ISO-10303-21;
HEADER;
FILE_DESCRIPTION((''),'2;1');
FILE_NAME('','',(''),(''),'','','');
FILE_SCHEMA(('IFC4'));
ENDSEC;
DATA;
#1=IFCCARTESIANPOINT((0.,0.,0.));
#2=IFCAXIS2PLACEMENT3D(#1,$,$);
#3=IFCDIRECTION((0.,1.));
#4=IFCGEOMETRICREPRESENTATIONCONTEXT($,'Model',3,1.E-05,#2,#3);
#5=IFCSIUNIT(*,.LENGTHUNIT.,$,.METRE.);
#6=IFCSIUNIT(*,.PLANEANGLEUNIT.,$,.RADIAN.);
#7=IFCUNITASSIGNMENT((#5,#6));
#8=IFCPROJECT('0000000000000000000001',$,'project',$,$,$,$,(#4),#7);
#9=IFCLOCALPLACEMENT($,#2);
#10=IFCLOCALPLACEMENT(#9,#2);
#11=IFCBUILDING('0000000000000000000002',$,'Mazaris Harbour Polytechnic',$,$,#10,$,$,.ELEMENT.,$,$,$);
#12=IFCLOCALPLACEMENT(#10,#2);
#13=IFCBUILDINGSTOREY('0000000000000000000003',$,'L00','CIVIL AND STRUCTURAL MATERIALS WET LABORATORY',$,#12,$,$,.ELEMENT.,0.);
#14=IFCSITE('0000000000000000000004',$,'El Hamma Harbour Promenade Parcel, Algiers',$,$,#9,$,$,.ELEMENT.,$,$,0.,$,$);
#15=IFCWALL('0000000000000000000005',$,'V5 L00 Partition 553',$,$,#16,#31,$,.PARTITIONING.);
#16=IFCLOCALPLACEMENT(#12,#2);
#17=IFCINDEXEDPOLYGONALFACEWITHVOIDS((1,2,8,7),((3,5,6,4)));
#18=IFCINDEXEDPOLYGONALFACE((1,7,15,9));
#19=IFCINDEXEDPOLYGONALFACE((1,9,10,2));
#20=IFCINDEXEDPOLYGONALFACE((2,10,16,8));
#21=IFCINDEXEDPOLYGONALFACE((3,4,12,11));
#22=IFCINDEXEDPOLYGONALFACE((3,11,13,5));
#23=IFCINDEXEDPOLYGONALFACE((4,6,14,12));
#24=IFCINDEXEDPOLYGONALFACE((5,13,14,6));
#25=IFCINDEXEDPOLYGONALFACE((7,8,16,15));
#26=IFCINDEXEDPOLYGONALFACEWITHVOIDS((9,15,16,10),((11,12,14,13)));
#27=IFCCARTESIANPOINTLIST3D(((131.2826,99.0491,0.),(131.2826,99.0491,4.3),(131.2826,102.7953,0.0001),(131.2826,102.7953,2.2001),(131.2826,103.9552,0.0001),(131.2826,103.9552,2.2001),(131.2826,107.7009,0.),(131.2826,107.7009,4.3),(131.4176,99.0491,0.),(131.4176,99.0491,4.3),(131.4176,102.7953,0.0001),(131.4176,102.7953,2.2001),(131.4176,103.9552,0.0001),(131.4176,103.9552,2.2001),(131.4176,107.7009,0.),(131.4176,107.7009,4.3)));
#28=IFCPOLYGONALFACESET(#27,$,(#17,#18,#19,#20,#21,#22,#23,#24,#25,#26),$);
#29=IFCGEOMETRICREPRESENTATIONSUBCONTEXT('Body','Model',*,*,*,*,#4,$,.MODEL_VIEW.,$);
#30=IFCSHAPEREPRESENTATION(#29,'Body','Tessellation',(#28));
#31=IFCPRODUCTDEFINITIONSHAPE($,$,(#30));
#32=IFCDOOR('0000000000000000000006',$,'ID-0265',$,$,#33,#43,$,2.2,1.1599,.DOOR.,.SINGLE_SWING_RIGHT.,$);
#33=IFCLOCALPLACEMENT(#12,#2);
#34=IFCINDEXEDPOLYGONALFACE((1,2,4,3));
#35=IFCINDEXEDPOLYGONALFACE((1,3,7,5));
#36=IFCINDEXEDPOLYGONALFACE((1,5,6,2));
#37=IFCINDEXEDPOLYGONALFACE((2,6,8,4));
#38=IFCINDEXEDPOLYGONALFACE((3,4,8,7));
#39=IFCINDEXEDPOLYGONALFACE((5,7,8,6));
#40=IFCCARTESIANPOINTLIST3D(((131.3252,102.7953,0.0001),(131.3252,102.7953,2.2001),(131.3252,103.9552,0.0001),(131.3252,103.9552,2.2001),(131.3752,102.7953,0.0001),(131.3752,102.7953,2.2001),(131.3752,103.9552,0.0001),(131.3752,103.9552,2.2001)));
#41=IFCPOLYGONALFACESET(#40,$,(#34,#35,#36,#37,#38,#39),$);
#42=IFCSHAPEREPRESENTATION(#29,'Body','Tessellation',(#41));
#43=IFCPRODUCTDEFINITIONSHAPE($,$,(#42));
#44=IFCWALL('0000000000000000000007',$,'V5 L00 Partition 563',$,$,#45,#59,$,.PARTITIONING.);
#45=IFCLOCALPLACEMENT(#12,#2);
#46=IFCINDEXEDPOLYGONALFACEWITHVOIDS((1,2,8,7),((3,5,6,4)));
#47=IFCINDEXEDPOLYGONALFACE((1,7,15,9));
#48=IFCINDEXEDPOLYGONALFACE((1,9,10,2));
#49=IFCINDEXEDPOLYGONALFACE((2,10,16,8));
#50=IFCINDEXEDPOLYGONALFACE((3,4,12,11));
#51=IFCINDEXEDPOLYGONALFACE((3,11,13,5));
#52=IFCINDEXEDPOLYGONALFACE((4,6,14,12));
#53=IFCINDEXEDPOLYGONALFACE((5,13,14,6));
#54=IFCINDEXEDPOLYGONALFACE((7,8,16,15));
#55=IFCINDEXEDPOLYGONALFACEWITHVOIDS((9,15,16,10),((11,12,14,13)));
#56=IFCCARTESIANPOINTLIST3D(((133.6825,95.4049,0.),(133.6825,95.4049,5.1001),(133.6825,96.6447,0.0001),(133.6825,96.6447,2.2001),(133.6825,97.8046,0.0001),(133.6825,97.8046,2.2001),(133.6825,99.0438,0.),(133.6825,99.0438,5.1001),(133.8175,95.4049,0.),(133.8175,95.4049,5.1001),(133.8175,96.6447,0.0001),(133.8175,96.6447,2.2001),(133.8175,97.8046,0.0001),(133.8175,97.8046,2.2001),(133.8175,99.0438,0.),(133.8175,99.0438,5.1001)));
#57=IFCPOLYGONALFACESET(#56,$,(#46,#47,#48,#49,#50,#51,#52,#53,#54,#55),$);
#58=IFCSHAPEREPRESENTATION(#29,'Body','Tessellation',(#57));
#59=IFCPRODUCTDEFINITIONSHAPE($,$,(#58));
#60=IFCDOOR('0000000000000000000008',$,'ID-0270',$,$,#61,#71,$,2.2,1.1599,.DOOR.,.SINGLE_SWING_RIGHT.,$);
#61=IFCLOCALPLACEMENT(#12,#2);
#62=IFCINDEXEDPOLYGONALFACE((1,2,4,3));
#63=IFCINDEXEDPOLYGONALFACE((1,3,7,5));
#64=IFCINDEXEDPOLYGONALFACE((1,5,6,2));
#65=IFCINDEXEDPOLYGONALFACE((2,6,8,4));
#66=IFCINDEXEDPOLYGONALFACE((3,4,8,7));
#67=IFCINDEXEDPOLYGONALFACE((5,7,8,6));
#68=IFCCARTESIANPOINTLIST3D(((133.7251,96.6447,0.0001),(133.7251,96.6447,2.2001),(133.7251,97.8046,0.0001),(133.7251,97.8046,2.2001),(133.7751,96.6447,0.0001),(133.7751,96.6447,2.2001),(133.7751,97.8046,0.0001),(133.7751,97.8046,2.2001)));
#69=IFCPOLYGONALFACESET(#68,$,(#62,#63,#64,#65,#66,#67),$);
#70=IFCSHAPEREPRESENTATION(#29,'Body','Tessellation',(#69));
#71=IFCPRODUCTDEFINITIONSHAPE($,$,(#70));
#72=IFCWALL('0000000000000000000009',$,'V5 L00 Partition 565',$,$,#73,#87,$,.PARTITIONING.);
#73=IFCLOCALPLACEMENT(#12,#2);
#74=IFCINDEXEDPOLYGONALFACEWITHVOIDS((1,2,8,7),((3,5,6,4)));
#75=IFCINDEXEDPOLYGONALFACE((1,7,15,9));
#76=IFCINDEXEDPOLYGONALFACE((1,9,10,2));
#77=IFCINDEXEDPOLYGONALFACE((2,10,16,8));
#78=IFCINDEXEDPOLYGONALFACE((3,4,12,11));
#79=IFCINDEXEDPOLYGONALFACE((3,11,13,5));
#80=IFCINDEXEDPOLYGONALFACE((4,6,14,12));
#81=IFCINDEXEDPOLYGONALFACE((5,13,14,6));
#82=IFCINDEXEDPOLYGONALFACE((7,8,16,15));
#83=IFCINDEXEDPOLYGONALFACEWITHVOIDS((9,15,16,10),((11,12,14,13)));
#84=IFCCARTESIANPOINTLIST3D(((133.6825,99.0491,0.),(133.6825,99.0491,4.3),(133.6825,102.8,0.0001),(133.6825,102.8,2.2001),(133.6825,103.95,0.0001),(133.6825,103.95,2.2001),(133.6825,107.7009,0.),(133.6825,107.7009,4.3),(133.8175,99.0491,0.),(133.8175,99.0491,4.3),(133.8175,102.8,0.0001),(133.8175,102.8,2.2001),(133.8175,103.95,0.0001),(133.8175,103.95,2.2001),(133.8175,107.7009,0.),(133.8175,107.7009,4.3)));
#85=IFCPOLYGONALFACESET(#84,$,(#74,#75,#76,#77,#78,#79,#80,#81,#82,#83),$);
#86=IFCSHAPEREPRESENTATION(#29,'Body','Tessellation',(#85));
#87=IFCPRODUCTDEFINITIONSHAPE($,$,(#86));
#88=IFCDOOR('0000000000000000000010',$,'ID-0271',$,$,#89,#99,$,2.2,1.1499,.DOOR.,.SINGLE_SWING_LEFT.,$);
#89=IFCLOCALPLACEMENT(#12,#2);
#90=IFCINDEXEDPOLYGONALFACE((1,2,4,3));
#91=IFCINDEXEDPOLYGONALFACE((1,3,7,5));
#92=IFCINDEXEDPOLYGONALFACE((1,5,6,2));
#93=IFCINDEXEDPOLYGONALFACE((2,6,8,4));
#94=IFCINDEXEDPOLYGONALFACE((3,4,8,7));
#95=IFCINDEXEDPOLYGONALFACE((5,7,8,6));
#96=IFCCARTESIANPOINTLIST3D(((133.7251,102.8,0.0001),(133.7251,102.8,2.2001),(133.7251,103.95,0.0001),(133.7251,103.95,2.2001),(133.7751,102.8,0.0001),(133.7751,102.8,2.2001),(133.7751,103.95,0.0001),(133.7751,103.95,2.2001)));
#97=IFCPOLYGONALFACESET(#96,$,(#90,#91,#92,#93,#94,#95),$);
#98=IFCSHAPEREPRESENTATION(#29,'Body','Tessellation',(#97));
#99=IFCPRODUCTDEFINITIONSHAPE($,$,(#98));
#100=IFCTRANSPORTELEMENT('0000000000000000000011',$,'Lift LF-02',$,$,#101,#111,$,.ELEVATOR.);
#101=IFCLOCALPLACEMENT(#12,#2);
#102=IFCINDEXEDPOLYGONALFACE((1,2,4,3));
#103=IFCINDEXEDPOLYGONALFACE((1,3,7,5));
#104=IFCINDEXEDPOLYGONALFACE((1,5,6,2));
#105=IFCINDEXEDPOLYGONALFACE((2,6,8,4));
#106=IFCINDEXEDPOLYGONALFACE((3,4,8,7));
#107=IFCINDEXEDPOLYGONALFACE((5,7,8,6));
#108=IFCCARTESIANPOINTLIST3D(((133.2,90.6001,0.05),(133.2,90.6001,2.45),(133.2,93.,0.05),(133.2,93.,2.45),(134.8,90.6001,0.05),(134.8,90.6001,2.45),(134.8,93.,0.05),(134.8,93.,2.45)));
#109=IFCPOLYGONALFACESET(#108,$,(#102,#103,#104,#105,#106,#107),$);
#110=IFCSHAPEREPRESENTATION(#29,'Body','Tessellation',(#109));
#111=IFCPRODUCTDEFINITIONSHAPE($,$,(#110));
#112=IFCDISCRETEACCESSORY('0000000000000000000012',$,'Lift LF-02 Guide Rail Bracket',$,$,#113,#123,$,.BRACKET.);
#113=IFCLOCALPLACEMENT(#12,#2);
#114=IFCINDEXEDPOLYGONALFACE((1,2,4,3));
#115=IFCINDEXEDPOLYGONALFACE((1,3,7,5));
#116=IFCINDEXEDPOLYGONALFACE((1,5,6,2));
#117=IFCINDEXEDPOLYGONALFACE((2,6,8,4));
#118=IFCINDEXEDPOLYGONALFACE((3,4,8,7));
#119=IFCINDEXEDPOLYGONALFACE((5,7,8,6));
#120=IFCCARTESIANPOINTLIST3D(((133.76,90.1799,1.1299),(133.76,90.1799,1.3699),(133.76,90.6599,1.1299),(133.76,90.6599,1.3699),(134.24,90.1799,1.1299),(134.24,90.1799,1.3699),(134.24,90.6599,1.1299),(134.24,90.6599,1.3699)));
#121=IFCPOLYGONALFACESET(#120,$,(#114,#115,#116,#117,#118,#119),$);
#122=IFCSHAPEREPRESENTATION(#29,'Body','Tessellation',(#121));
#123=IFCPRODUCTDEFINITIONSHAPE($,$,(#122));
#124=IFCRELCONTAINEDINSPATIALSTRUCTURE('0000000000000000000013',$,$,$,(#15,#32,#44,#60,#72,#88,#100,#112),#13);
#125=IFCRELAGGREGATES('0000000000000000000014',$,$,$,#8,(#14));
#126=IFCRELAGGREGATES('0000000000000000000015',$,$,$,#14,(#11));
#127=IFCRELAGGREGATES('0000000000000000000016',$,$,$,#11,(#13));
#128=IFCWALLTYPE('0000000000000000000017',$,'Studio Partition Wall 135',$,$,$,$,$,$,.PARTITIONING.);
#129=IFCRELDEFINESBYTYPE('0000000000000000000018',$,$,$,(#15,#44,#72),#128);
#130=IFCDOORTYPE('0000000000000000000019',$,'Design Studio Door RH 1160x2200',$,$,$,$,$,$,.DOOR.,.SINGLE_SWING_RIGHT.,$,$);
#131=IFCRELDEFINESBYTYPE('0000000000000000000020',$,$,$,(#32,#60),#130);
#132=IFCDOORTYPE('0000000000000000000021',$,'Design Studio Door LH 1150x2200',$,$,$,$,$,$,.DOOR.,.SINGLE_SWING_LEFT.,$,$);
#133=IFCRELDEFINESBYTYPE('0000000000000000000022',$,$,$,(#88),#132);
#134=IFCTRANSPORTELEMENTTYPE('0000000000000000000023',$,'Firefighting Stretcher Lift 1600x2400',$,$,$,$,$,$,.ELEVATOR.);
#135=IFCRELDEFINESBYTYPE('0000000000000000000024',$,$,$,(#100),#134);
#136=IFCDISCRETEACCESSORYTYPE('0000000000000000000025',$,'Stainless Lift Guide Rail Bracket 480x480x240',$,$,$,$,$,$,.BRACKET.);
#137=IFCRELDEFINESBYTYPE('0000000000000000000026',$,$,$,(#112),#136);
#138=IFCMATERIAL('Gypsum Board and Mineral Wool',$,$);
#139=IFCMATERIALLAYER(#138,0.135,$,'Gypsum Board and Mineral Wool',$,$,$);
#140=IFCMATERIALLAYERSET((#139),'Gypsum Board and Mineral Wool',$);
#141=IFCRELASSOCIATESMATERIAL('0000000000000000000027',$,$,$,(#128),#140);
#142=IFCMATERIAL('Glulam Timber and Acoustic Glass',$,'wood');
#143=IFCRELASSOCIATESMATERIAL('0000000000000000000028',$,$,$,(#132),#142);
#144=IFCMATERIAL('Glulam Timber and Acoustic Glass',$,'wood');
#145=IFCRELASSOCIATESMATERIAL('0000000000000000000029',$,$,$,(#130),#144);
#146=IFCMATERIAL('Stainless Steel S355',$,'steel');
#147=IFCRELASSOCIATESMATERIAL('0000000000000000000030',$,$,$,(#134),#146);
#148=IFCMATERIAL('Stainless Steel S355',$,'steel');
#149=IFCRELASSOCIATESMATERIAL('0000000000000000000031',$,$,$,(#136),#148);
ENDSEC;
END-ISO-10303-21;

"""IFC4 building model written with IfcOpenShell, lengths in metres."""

from ifc_helpers import new_model, si_unit, direction, frame, frame_2d, origin, origin_2d, place, context, subcontext, project, spatial, rectangle, extrude, material, layer, layer_set, type_object, element, fill, save


model = new_model("IFC4")

# Units and contexts
model_context = context("Model", 3, precision=1e-05, world=origin(), true_north=direction((0.0, 1.0)))
body_context = subcontext(model_context, "Body", "Model", "MODEL_VIEW")
ifc_project = project(units=[si_unit("LENGTHUNIT", "METRE"), si_unit("PLANEANGLEUNIT", "RADIAN")], contexts=[model_context])

# Site, building, storey
site_placement = place(None, origin())
site = spatial("IfcSite", under=ifc_project, at=site_placement, Name="El Hamma Harbour Promenade Parcel, Algiers", CompositionType="ELEMENT", RefElevation=0.0)
building_placement = place(site_placement, origin())
building = spatial("IfcBuilding", under=site, at=building_placement, Name="Mazaris Harbour Polytechnic", CompositionType="ELEMENT")
storey_placement = place(building_placement, origin())
storey = spatial("IfcBuildingStorey", under=building, at=storey_placement, Name="L00", Description="CIVIL AND STRUCTURAL MATERIALS WET LABORATORY", CompositionType="ELEMENT", Elevation=0.0)

# Walls, openings, doors
ifc_material_1 = material(Name="Gypsum Board and Mineral Wool")
ifc_layer_1 = layer(ifc_material_1, 0.135, Name="Gypsum Board and Mineral Wool")
ifc_layer_set_1 = layer_set([ifc_layer_1], Name="Gypsum Board and Mineral Wool")
wall_type_1 = type_object("IfcWallType", Name="Studio Partition Wall 135", PredefinedType="PARTITIONING", material=ifc_layer_set_1)
ifc_material_2 = material(Name="Glulam Timber and Acoustic Glass", Category="wood")
door_type_1 = type_object("IfcDoorType", Name="Design Studio Door LH 1150x2200", OperationType="SINGLE_SWING_LEFT", PredefinedType="DOOR", material=ifc_material_2)
wall_1_placement = place(storey_placement, frame((131.3501, 99.0491, 0.0), z_axis=(0.0, 0.0, 1.0), x_axis=(0.0, 1.0, 0.0)))
wall_1 = element("IfcWall", 1, at=wall_1_placement, inside=storey, type_object=wall_type_1, Name="V5 L00 Partition 553", PredefinedType="PARTITIONING", context=body_context, shape_type="SweptSolid", body=[
    extrude(rectangle(XDim=8.6519, YDim=0.135, at=frame_2d((4.3259, 0.0))), origin(), (0.0, 0.0, 1.0), 4.3),
])
opening_1_placement = place(wall_1_placement, frame((3.7461, 0.0, 0.0)))
opening_1 = element("IfcOpeningElement", 2, at=opening_1_placement, cuts=wall_1, PredefinedType="OPENING", context=body_context, shape_type="SweptSolid", body=[
    extrude(rectangle(XDim=1.1599, YDim=2.2, at=frame_2d((0.5801, 1.1001))), frame((0.0, 0.0774, 0.0), z_axis=(0.0, -1.0, 0.0), x_axis=(1.0, 0.0, 0.0)), (0.0, 0.0, 1.0), 0.155),
])
ifc_material_3 = material(Name="Glulam Timber and Acoustic Glass", Category="wood")
door_type_2 = type_object("IfcDoorType", Name="Design Studio Door RH 1160x2200", OperationType="SINGLE_SWING_RIGHT", PredefinedType="DOOR", material=ifc_material_3)
door_1_placement = place(opening_1_placement, origin())
door_1 = element("IfcDoor", 3, at=door_1_placement, inside=storey, type_object=door_type_2, Name="ID-0265", OperationType="SINGLE_SWING_RIGHT", OverallHeight=2.2, OverallWidth=1.1599, PredefinedType="DOOR", context=body_context, shape_type="SweptSolid", body=[
    extrude(rectangle(XDim=1.1599, YDim=2.2, at=frame_2d((0.5801, 1.1001))), frame((0.0, 0.0249, 0.0), z_axis=(0.0, -1.0, 0.0), x_axis=(1.0, 0.0, 0.0)), (0.0, 0.0, 1.0), 0.05),
])
fill(opening_1, door_1)
wall_2_placement = place(storey_placement, frame((133.75, 95.405, 0.0), z_axis=(0.0, 0.0, 1.0), x_axis=(0.0, 1.0, 0.0)))
wall_2 = element("IfcWall", 4, at=wall_2_placement, inside=storey, type_object=wall_type_1, Name="V5 L00 Partition 563", PredefinedType="PARTITIONING", context=body_context, shape_type="SweptSolid", body=[
    extrude(rectangle(XDim=3.6389, YDim=0.135, at=frame_2d((1.8193, 0.0))), origin(), (0.0, 0.0, 1.0), 5.1001),
])
opening_2_placement = place(wall_2_placement, frame((1.2395, 0.0, 0.0)))
opening_2 = element("IfcOpeningElement", 5, at=opening_2_placement, cuts=wall_2, PredefinedType="OPENING", context=body_context, shape_type="SweptSolid", body=[
    extrude(rectangle(XDim=1.1599, YDim=2.2, at=frame_2d((0.5801, 1.1001))), frame((0.0, 0.0774, 0.0), z_axis=(0.0, -1.0, 0.0), x_axis=(1.0, 0.0, 0.0)), (0.0, 0.0, 1.0), 0.155),
])
door_2_placement = place(opening_2_placement, origin())
door_2 = element("IfcDoor", 6, at=door_2_placement, inside=storey, type_object=door_type_2, Name="ID-0270", OperationType="SINGLE_SWING_RIGHT", OverallHeight=2.2, OverallWidth=1.1599, PredefinedType="DOOR", context=body_context, shape_type="SweptSolid", body=[
    extrude(rectangle(XDim=1.1599, YDim=2.2, at=frame_2d((0.5801, 1.1001))), frame((0.0, 0.0249, 0.0), z_axis=(0.0, -1.0, 0.0), x_axis=(1.0, 0.0, 0.0)), (0.0, 0.0, 1.0), 0.05),
])
fill(opening_2, door_2)
wall_3_placement = place(storey_placement, frame((133.75, 99.0491, 0.0), z_axis=(0.0, 0.0, 1.0), x_axis=(0.0, 1.0, 0.0)))
wall_3 = element("IfcWall", 7, at=wall_3_placement, inside=storey, type_object=wall_type_1, Name="V5 L00 Partition 565", PredefinedType="PARTITIONING", context=body_context, shape_type="SweptSolid", body=[
    extrude(rectangle(XDim=8.6519, YDim=0.135, at=frame_2d((4.3259, 0.0))), origin(), (0.0, 0.0, 1.0), 4.3),
])
opening_3_placement = place(wall_3_placement, frame((3.751, 0.0, 0.0)))
opening_3 = element("IfcOpeningElement", 8, at=opening_3_placement, cuts=wall_3, PredefinedType="OPENING", context=body_context, shape_type="SweptSolid", body=[
    extrude(rectangle(XDim=1.1499, YDim=2.2, at=frame_2d((0.575, 1.1001))), frame((0.0, 0.0774, 0.0), z_axis=(0.0, -1.0, 0.0), x_axis=(1.0, 0.0, 0.0)), (0.0, 0.0, 1.0), 0.155),
])
door_3_placement = place(opening_3_placement, origin())
door_3 = element("IfcDoor", 9, at=door_3_placement, inside=storey, type_object=door_type_1, Name="ID-0271", OperationType="SINGLE_SWING_LEFT", OverallHeight=2.2, OverallWidth=1.1499, PredefinedType="DOOR", context=body_context, shape_type="SweptSolid", body=[
    extrude(rectangle(XDim=1.1499, YDim=2.2, at=frame_2d((0.575, 1.1001))), frame((0.0, 0.0249, 0.0), z_axis=(0.0, -1.0, 0.0), x_axis=(1.0, 0.0, 0.0)), (0.0, 0.0, 1.0), 0.05),
])
fill(opening_3, door_3)

# Transport element
ifc_material_4 = material(Name="Stainless Steel S355", Category="steel")
transport_element_type = type_object("IfcTransportElementType", Name="Firefighting Stretcher Lift 1600x2400", PredefinedType="ELEVATOR", material=ifc_material_4)
transport_element_placement = place(storey_placement, frame((134.0, 91.8, 0.05), z_axis=(0.0, 0.0, 1.0), x_axis=(1.0, 0.0, 0.0)))
element("IfcTransportElement", 10, at=transport_element_placement, inside=storey, type_object=transport_element_type, Name="Lift LF-02", PredefinedType="ELEVATOR", context=body_context, shape_type="SweptSolid", body=[
    extrude(rectangle(XDim=1.6001, YDim=2.3999, at=origin_2d()), origin(), (0.0, 0.0, 1.0), 2.3999),
])

# Discrete accessory
ifc_material_5 = material(Name="Stainless Steel S355", Category="steel")
discrete_accessory_type = type_object("IfcDiscreteAccessoryType", Name="Stainless Lift Guide Rail Bracket 480x480x240", PredefinedType="BRACKET", material=ifc_material_5)
discrete_accessory_placement = place(storey_placement, frame((134.0, 90.4199, 1.1299), z_axis=(0.0, 0.0, 1.0), x_axis=(1.0, 0.0, 0.0)))
element("IfcDiscreteAccessory", 11, at=discrete_accessory_placement, inside=storey, type_object=discrete_accessory_type, Name="Lift LF-02 Guide Rail Bracket", PredefinedType="BRACKET", context=body_context, shape_type="SweptSolid", body=[
    extrude(rectangle(XDim=0.48, YDim=0.48, at=origin_2d()), origin(), (0.0, 0.0, 1.0), 0.24),
])

save(model, "model.ifc")
